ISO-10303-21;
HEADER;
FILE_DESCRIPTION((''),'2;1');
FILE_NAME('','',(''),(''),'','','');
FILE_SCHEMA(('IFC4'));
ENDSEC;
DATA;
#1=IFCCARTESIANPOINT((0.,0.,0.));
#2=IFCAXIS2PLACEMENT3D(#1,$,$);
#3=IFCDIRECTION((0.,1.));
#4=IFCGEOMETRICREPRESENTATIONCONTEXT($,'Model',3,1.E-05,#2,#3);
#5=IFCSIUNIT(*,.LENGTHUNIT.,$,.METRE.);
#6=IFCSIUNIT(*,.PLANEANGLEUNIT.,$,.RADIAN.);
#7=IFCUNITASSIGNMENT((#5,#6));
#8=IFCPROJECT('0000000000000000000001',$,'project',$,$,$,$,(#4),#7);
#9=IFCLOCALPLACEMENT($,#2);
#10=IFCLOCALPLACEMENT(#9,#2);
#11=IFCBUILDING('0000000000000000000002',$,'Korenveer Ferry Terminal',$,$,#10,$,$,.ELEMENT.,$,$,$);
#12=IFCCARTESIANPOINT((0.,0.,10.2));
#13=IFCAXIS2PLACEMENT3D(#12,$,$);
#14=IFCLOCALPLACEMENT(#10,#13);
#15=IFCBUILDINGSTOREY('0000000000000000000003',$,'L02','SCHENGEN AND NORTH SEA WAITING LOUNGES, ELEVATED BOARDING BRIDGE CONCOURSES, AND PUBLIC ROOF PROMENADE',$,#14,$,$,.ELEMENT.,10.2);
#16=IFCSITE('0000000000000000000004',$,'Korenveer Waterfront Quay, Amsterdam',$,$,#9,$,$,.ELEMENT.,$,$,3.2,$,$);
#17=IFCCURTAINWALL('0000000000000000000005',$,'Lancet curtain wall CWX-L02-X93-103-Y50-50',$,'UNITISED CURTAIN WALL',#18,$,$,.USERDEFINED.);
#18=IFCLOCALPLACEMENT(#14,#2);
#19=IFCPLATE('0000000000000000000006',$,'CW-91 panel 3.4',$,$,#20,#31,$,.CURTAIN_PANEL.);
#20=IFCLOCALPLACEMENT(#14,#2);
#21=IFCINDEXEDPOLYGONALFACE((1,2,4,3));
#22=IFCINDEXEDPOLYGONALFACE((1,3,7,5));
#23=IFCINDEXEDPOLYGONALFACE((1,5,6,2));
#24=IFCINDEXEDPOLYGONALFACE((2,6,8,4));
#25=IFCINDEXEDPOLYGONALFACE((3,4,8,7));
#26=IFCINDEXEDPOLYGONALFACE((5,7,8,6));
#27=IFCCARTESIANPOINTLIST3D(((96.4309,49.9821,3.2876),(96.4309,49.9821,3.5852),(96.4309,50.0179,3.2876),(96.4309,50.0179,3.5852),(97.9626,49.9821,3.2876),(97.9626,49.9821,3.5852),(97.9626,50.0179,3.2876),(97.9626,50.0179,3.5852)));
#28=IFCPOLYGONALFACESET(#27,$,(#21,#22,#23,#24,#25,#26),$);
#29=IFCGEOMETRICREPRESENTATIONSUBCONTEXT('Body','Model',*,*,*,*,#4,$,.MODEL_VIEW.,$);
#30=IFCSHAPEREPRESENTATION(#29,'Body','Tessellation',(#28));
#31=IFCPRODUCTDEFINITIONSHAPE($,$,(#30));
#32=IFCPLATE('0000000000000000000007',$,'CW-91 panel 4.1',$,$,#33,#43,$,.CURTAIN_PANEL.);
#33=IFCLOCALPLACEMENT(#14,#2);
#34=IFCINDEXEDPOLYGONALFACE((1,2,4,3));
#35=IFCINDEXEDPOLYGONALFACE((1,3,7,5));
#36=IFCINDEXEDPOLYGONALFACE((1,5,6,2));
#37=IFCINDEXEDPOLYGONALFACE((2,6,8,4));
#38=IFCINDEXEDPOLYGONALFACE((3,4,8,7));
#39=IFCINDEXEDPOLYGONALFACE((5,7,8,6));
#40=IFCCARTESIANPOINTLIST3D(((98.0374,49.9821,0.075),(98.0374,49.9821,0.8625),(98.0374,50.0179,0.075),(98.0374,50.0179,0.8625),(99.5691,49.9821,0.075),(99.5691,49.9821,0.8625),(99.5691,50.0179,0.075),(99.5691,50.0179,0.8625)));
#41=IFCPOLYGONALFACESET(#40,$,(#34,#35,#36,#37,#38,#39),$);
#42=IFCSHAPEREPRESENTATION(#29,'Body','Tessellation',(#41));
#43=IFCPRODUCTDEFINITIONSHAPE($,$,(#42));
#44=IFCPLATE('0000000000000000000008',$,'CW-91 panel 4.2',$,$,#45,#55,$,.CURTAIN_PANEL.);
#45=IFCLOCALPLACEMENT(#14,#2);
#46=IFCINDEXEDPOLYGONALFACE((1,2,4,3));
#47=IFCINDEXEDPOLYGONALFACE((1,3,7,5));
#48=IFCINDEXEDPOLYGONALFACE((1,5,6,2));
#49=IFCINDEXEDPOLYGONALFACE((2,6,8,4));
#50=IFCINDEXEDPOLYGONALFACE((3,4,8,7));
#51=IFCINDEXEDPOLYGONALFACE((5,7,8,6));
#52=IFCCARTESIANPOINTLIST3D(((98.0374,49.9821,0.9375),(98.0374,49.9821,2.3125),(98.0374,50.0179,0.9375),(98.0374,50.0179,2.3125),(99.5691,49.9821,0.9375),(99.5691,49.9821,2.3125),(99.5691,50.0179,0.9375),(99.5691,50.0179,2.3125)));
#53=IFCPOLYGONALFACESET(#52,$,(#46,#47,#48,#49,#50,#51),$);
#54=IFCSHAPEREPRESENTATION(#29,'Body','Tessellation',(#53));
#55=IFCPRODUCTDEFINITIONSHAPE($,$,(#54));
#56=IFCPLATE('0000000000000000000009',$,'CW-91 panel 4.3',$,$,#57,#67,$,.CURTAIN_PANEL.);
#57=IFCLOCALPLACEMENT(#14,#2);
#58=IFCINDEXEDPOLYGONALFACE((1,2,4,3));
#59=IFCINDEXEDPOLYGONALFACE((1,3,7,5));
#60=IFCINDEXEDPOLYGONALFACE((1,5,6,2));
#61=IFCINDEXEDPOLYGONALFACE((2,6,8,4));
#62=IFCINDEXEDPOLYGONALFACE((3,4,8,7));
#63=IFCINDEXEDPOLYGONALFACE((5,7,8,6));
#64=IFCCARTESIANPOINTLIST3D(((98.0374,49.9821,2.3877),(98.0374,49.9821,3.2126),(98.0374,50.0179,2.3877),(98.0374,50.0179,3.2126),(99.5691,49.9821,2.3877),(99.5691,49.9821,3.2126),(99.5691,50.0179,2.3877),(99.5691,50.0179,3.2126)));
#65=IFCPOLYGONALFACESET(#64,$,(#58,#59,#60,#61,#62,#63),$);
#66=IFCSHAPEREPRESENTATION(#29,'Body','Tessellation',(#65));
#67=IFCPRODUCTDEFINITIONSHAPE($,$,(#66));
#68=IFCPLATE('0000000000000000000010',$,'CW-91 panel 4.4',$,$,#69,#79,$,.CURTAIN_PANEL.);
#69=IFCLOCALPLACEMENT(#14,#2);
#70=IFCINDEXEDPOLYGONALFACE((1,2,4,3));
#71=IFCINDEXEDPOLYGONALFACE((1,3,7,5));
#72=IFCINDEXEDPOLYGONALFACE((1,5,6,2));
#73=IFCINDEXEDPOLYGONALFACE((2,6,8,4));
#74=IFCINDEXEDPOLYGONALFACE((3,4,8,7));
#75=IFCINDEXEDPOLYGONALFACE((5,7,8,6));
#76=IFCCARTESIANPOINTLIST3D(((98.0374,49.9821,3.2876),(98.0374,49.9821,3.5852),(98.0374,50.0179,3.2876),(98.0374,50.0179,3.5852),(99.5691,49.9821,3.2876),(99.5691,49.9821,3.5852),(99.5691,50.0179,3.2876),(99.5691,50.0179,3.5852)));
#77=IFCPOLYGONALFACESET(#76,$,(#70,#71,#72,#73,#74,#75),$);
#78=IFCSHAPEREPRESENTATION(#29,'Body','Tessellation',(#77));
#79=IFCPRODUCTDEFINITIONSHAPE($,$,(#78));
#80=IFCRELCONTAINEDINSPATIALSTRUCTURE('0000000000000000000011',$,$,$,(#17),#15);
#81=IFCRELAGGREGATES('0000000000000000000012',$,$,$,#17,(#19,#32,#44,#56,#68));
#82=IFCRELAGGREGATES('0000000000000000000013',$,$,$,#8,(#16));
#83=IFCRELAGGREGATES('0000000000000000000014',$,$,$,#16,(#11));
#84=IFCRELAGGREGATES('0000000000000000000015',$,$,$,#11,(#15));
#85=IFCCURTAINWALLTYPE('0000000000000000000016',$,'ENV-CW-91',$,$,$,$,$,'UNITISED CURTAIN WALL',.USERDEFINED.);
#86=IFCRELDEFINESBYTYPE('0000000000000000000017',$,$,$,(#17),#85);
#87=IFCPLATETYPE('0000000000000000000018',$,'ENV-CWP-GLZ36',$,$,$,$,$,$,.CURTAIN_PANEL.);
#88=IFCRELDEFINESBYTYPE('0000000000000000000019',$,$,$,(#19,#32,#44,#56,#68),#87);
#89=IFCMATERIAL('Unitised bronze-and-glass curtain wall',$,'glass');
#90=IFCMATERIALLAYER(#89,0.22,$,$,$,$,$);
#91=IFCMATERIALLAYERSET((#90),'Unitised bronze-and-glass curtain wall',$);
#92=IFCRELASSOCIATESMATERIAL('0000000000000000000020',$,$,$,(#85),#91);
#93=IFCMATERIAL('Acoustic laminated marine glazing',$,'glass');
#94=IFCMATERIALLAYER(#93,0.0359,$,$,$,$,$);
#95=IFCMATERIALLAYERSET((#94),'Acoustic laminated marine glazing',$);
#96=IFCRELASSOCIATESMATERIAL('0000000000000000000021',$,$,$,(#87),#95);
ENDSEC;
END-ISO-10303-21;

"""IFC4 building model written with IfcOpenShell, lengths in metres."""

from ifc_helpers import new_model, si_unit, direction, frame, origin, origin_2d, place, context, subcontext, project, spatial, rectangle, extrude, material, layer, layer_set, type_object, element, aggregate, save


model = new_model("IFC4")

# Units and contexts
model_context = context("Model", 3, precision=1e-05, world=origin(), true_north=direction((0.0, 1.0)))
body_context = subcontext(model_context, "Body", "Model", "MODEL_VIEW")
ifc_project = project(units=[si_unit("LENGTHUNIT", "METRE"), si_unit("PLANEANGLEUNIT", "RADIAN")], contexts=[model_context])

# Site, building, storey
site_placement = place(None, origin())
site = spatial("IfcSite", under=ifc_project, at=site_placement, Name="Korenveer Waterfront Quay, Amsterdam", CompositionType="ELEMENT", RefElevation=3.2)
building_placement = place(site_placement, origin())
building = spatial("IfcBuilding", under=site, at=building_placement, Name="Korenveer Ferry Terminal", CompositionType="ELEMENT")
storey_placement = place(building_placement, frame((0.0, 0.0, 10.2)))
storey = spatial("IfcBuildingStorey", under=building, at=storey_placement, Name="L02", Description="SCHENGEN AND NORTH SEA WAITING LOUNGES, ELEVATED BOARDING BRIDGE CONCOURSES, AND PUBLIC ROOF PROMENADE", CompositionType="ELEMENT", Elevation=10.2)

# Curtain wall, plates
ifc_material_1 = material(Name="Unitised bronze-and-glass curtain wall", Category="glass")
ifc_layer_1 = layer(ifc_material_1, 0.22)
ifc_layer_set_1 = layer_set([ifc_layer_1], Name="Unitised bronze-and-glass curtain wall")
curtain_wall_type = type_object("IfcCurtainWallType", Name="ENV-CW-91", ElementType="UNITISED CURTAIN WALL", PredefinedType="USERDEFINED", material=ifc_layer_set_1)
curtain_wall_placement = place(storey_placement, frame((93.1799, 50.0, 0.0)))
curtain_wall = element("IfcCurtainWall", 1, at=curtain_wall_placement, inside=storey, type_object=curtain_wall_type, Name="Lancet curtain wall CWX-L02-X93-103-Y50-50", ObjectType="UNITISED CURTAIN WALL", PredefinedType="USERDEFINED")
ifc_material_2 = material(Name="Acoustic laminated marine glazing", Category="glass")
ifc_layer_2 = layer(ifc_material_2, 0.0359)
ifc_layer_set_2 = layer_set([ifc_layer_2], Name="Acoustic laminated marine glazing")
plate_type = type_object("IfcPlateType", Name="ENV-CWP-GLZ36", PredefinedType="CURTAIN_PANEL", material=ifc_layer_set_2)
plate_1_placement = place(storey_placement, frame((97.1968, 50.0, 3.2876), z_axis=(0.0, 0.0, 1.0), x_axis=(1.0, 0.0, 0.0)))
plate_1 = element("IfcPlate", 2, at=plate_1_placement, type_object=plate_type, Name="CW-91 panel 3.4", PredefinedType="CURTAIN_PANEL", context=body_context, shape_type="SweptSolid", body=[
    extrude(rectangle(XDim=1.5317, YDim=0.0359, at=origin_2d()), origin(), (0.0, 0.0, 1.0), 0.2976),
])
plate_2_placement = place(storey_placement, frame((98.8032, 50.0, 0.075), z_axis=(0.0, 0.0, 1.0), x_axis=(1.0, 0.0, 0.0)))
plate_2 = element("IfcPlate", 3, at=plate_2_placement, type_object=plate_type, Name="CW-91 panel 4.1", PredefinedType="CURTAIN_PANEL", context=body_context, shape_type="SweptSolid", body=[
    extrude(rectangle(XDim=1.5317, YDim=0.0359, at=origin_2d()), origin(), (0.0, 0.0, 1.0), 0.7876),
])
plate_3_placement = place(storey_placement, frame((98.8032, 50.0, 0.9375), z_axis=(0.0, 0.0, 1.0), x_axis=(1.0, 0.0, 0.0)))
plate_3 = element("IfcPlate", 4, at=plate_3_placement, type_object=plate_type, Name="CW-91 panel 4.2", PredefinedType="CURTAIN_PANEL", context=body_context, shape_type="SweptSolid", body=[
    extrude(rectangle(XDim=1.5317, YDim=0.0359, at=origin_2d()), origin(), (0.0, 0.0, 1.0), 1.375),
])
plate_4_placement = place(storey_placement, frame((98.8032, 50.0, 2.3877), z_axis=(0.0, 0.0, 1.0), x_axis=(1.0, 0.0, 0.0)))
plate_4 = element("IfcPlate", 5, at=plate_4_placement, type_object=plate_type, Name="CW-91 panel 4.3", PredefinedType="CURTAIN_PANEL", context=body_context, shape_type="SweptSolid", body=[
    extrude(rectangle(XDim=1.5317, YDim=0.0359, at=origin_2d()), origin(), (0.0, 0.0, 1.0), 0.825),
])
plate_5_placement = place(storey_placement, frame((98.8032, 50.0, 3.2876), z_axis=(0.0, 0.0, 1.0), x_axis=(1.0, 0.0, 0.0)))
plate_5 = element("IfcPlate", 6, at=plate_5_placement, type_object=plate_type, Name="CW-91 panel 4.4", PredefinedType="CURTAIN_PANEL", context=body_context, shape_type="SweptSolid", body=[
    extrude(rectangle(XDim=1.5317, YDim=0.0359, at=origin_2d()), origin(), (0.0, 0.0, 1.0), 0.2976),
])
aggregate(curtain_wall, [plate_1, plate_2, plate_3, plate_4, plate_5])

save(model, "model.ifc")
